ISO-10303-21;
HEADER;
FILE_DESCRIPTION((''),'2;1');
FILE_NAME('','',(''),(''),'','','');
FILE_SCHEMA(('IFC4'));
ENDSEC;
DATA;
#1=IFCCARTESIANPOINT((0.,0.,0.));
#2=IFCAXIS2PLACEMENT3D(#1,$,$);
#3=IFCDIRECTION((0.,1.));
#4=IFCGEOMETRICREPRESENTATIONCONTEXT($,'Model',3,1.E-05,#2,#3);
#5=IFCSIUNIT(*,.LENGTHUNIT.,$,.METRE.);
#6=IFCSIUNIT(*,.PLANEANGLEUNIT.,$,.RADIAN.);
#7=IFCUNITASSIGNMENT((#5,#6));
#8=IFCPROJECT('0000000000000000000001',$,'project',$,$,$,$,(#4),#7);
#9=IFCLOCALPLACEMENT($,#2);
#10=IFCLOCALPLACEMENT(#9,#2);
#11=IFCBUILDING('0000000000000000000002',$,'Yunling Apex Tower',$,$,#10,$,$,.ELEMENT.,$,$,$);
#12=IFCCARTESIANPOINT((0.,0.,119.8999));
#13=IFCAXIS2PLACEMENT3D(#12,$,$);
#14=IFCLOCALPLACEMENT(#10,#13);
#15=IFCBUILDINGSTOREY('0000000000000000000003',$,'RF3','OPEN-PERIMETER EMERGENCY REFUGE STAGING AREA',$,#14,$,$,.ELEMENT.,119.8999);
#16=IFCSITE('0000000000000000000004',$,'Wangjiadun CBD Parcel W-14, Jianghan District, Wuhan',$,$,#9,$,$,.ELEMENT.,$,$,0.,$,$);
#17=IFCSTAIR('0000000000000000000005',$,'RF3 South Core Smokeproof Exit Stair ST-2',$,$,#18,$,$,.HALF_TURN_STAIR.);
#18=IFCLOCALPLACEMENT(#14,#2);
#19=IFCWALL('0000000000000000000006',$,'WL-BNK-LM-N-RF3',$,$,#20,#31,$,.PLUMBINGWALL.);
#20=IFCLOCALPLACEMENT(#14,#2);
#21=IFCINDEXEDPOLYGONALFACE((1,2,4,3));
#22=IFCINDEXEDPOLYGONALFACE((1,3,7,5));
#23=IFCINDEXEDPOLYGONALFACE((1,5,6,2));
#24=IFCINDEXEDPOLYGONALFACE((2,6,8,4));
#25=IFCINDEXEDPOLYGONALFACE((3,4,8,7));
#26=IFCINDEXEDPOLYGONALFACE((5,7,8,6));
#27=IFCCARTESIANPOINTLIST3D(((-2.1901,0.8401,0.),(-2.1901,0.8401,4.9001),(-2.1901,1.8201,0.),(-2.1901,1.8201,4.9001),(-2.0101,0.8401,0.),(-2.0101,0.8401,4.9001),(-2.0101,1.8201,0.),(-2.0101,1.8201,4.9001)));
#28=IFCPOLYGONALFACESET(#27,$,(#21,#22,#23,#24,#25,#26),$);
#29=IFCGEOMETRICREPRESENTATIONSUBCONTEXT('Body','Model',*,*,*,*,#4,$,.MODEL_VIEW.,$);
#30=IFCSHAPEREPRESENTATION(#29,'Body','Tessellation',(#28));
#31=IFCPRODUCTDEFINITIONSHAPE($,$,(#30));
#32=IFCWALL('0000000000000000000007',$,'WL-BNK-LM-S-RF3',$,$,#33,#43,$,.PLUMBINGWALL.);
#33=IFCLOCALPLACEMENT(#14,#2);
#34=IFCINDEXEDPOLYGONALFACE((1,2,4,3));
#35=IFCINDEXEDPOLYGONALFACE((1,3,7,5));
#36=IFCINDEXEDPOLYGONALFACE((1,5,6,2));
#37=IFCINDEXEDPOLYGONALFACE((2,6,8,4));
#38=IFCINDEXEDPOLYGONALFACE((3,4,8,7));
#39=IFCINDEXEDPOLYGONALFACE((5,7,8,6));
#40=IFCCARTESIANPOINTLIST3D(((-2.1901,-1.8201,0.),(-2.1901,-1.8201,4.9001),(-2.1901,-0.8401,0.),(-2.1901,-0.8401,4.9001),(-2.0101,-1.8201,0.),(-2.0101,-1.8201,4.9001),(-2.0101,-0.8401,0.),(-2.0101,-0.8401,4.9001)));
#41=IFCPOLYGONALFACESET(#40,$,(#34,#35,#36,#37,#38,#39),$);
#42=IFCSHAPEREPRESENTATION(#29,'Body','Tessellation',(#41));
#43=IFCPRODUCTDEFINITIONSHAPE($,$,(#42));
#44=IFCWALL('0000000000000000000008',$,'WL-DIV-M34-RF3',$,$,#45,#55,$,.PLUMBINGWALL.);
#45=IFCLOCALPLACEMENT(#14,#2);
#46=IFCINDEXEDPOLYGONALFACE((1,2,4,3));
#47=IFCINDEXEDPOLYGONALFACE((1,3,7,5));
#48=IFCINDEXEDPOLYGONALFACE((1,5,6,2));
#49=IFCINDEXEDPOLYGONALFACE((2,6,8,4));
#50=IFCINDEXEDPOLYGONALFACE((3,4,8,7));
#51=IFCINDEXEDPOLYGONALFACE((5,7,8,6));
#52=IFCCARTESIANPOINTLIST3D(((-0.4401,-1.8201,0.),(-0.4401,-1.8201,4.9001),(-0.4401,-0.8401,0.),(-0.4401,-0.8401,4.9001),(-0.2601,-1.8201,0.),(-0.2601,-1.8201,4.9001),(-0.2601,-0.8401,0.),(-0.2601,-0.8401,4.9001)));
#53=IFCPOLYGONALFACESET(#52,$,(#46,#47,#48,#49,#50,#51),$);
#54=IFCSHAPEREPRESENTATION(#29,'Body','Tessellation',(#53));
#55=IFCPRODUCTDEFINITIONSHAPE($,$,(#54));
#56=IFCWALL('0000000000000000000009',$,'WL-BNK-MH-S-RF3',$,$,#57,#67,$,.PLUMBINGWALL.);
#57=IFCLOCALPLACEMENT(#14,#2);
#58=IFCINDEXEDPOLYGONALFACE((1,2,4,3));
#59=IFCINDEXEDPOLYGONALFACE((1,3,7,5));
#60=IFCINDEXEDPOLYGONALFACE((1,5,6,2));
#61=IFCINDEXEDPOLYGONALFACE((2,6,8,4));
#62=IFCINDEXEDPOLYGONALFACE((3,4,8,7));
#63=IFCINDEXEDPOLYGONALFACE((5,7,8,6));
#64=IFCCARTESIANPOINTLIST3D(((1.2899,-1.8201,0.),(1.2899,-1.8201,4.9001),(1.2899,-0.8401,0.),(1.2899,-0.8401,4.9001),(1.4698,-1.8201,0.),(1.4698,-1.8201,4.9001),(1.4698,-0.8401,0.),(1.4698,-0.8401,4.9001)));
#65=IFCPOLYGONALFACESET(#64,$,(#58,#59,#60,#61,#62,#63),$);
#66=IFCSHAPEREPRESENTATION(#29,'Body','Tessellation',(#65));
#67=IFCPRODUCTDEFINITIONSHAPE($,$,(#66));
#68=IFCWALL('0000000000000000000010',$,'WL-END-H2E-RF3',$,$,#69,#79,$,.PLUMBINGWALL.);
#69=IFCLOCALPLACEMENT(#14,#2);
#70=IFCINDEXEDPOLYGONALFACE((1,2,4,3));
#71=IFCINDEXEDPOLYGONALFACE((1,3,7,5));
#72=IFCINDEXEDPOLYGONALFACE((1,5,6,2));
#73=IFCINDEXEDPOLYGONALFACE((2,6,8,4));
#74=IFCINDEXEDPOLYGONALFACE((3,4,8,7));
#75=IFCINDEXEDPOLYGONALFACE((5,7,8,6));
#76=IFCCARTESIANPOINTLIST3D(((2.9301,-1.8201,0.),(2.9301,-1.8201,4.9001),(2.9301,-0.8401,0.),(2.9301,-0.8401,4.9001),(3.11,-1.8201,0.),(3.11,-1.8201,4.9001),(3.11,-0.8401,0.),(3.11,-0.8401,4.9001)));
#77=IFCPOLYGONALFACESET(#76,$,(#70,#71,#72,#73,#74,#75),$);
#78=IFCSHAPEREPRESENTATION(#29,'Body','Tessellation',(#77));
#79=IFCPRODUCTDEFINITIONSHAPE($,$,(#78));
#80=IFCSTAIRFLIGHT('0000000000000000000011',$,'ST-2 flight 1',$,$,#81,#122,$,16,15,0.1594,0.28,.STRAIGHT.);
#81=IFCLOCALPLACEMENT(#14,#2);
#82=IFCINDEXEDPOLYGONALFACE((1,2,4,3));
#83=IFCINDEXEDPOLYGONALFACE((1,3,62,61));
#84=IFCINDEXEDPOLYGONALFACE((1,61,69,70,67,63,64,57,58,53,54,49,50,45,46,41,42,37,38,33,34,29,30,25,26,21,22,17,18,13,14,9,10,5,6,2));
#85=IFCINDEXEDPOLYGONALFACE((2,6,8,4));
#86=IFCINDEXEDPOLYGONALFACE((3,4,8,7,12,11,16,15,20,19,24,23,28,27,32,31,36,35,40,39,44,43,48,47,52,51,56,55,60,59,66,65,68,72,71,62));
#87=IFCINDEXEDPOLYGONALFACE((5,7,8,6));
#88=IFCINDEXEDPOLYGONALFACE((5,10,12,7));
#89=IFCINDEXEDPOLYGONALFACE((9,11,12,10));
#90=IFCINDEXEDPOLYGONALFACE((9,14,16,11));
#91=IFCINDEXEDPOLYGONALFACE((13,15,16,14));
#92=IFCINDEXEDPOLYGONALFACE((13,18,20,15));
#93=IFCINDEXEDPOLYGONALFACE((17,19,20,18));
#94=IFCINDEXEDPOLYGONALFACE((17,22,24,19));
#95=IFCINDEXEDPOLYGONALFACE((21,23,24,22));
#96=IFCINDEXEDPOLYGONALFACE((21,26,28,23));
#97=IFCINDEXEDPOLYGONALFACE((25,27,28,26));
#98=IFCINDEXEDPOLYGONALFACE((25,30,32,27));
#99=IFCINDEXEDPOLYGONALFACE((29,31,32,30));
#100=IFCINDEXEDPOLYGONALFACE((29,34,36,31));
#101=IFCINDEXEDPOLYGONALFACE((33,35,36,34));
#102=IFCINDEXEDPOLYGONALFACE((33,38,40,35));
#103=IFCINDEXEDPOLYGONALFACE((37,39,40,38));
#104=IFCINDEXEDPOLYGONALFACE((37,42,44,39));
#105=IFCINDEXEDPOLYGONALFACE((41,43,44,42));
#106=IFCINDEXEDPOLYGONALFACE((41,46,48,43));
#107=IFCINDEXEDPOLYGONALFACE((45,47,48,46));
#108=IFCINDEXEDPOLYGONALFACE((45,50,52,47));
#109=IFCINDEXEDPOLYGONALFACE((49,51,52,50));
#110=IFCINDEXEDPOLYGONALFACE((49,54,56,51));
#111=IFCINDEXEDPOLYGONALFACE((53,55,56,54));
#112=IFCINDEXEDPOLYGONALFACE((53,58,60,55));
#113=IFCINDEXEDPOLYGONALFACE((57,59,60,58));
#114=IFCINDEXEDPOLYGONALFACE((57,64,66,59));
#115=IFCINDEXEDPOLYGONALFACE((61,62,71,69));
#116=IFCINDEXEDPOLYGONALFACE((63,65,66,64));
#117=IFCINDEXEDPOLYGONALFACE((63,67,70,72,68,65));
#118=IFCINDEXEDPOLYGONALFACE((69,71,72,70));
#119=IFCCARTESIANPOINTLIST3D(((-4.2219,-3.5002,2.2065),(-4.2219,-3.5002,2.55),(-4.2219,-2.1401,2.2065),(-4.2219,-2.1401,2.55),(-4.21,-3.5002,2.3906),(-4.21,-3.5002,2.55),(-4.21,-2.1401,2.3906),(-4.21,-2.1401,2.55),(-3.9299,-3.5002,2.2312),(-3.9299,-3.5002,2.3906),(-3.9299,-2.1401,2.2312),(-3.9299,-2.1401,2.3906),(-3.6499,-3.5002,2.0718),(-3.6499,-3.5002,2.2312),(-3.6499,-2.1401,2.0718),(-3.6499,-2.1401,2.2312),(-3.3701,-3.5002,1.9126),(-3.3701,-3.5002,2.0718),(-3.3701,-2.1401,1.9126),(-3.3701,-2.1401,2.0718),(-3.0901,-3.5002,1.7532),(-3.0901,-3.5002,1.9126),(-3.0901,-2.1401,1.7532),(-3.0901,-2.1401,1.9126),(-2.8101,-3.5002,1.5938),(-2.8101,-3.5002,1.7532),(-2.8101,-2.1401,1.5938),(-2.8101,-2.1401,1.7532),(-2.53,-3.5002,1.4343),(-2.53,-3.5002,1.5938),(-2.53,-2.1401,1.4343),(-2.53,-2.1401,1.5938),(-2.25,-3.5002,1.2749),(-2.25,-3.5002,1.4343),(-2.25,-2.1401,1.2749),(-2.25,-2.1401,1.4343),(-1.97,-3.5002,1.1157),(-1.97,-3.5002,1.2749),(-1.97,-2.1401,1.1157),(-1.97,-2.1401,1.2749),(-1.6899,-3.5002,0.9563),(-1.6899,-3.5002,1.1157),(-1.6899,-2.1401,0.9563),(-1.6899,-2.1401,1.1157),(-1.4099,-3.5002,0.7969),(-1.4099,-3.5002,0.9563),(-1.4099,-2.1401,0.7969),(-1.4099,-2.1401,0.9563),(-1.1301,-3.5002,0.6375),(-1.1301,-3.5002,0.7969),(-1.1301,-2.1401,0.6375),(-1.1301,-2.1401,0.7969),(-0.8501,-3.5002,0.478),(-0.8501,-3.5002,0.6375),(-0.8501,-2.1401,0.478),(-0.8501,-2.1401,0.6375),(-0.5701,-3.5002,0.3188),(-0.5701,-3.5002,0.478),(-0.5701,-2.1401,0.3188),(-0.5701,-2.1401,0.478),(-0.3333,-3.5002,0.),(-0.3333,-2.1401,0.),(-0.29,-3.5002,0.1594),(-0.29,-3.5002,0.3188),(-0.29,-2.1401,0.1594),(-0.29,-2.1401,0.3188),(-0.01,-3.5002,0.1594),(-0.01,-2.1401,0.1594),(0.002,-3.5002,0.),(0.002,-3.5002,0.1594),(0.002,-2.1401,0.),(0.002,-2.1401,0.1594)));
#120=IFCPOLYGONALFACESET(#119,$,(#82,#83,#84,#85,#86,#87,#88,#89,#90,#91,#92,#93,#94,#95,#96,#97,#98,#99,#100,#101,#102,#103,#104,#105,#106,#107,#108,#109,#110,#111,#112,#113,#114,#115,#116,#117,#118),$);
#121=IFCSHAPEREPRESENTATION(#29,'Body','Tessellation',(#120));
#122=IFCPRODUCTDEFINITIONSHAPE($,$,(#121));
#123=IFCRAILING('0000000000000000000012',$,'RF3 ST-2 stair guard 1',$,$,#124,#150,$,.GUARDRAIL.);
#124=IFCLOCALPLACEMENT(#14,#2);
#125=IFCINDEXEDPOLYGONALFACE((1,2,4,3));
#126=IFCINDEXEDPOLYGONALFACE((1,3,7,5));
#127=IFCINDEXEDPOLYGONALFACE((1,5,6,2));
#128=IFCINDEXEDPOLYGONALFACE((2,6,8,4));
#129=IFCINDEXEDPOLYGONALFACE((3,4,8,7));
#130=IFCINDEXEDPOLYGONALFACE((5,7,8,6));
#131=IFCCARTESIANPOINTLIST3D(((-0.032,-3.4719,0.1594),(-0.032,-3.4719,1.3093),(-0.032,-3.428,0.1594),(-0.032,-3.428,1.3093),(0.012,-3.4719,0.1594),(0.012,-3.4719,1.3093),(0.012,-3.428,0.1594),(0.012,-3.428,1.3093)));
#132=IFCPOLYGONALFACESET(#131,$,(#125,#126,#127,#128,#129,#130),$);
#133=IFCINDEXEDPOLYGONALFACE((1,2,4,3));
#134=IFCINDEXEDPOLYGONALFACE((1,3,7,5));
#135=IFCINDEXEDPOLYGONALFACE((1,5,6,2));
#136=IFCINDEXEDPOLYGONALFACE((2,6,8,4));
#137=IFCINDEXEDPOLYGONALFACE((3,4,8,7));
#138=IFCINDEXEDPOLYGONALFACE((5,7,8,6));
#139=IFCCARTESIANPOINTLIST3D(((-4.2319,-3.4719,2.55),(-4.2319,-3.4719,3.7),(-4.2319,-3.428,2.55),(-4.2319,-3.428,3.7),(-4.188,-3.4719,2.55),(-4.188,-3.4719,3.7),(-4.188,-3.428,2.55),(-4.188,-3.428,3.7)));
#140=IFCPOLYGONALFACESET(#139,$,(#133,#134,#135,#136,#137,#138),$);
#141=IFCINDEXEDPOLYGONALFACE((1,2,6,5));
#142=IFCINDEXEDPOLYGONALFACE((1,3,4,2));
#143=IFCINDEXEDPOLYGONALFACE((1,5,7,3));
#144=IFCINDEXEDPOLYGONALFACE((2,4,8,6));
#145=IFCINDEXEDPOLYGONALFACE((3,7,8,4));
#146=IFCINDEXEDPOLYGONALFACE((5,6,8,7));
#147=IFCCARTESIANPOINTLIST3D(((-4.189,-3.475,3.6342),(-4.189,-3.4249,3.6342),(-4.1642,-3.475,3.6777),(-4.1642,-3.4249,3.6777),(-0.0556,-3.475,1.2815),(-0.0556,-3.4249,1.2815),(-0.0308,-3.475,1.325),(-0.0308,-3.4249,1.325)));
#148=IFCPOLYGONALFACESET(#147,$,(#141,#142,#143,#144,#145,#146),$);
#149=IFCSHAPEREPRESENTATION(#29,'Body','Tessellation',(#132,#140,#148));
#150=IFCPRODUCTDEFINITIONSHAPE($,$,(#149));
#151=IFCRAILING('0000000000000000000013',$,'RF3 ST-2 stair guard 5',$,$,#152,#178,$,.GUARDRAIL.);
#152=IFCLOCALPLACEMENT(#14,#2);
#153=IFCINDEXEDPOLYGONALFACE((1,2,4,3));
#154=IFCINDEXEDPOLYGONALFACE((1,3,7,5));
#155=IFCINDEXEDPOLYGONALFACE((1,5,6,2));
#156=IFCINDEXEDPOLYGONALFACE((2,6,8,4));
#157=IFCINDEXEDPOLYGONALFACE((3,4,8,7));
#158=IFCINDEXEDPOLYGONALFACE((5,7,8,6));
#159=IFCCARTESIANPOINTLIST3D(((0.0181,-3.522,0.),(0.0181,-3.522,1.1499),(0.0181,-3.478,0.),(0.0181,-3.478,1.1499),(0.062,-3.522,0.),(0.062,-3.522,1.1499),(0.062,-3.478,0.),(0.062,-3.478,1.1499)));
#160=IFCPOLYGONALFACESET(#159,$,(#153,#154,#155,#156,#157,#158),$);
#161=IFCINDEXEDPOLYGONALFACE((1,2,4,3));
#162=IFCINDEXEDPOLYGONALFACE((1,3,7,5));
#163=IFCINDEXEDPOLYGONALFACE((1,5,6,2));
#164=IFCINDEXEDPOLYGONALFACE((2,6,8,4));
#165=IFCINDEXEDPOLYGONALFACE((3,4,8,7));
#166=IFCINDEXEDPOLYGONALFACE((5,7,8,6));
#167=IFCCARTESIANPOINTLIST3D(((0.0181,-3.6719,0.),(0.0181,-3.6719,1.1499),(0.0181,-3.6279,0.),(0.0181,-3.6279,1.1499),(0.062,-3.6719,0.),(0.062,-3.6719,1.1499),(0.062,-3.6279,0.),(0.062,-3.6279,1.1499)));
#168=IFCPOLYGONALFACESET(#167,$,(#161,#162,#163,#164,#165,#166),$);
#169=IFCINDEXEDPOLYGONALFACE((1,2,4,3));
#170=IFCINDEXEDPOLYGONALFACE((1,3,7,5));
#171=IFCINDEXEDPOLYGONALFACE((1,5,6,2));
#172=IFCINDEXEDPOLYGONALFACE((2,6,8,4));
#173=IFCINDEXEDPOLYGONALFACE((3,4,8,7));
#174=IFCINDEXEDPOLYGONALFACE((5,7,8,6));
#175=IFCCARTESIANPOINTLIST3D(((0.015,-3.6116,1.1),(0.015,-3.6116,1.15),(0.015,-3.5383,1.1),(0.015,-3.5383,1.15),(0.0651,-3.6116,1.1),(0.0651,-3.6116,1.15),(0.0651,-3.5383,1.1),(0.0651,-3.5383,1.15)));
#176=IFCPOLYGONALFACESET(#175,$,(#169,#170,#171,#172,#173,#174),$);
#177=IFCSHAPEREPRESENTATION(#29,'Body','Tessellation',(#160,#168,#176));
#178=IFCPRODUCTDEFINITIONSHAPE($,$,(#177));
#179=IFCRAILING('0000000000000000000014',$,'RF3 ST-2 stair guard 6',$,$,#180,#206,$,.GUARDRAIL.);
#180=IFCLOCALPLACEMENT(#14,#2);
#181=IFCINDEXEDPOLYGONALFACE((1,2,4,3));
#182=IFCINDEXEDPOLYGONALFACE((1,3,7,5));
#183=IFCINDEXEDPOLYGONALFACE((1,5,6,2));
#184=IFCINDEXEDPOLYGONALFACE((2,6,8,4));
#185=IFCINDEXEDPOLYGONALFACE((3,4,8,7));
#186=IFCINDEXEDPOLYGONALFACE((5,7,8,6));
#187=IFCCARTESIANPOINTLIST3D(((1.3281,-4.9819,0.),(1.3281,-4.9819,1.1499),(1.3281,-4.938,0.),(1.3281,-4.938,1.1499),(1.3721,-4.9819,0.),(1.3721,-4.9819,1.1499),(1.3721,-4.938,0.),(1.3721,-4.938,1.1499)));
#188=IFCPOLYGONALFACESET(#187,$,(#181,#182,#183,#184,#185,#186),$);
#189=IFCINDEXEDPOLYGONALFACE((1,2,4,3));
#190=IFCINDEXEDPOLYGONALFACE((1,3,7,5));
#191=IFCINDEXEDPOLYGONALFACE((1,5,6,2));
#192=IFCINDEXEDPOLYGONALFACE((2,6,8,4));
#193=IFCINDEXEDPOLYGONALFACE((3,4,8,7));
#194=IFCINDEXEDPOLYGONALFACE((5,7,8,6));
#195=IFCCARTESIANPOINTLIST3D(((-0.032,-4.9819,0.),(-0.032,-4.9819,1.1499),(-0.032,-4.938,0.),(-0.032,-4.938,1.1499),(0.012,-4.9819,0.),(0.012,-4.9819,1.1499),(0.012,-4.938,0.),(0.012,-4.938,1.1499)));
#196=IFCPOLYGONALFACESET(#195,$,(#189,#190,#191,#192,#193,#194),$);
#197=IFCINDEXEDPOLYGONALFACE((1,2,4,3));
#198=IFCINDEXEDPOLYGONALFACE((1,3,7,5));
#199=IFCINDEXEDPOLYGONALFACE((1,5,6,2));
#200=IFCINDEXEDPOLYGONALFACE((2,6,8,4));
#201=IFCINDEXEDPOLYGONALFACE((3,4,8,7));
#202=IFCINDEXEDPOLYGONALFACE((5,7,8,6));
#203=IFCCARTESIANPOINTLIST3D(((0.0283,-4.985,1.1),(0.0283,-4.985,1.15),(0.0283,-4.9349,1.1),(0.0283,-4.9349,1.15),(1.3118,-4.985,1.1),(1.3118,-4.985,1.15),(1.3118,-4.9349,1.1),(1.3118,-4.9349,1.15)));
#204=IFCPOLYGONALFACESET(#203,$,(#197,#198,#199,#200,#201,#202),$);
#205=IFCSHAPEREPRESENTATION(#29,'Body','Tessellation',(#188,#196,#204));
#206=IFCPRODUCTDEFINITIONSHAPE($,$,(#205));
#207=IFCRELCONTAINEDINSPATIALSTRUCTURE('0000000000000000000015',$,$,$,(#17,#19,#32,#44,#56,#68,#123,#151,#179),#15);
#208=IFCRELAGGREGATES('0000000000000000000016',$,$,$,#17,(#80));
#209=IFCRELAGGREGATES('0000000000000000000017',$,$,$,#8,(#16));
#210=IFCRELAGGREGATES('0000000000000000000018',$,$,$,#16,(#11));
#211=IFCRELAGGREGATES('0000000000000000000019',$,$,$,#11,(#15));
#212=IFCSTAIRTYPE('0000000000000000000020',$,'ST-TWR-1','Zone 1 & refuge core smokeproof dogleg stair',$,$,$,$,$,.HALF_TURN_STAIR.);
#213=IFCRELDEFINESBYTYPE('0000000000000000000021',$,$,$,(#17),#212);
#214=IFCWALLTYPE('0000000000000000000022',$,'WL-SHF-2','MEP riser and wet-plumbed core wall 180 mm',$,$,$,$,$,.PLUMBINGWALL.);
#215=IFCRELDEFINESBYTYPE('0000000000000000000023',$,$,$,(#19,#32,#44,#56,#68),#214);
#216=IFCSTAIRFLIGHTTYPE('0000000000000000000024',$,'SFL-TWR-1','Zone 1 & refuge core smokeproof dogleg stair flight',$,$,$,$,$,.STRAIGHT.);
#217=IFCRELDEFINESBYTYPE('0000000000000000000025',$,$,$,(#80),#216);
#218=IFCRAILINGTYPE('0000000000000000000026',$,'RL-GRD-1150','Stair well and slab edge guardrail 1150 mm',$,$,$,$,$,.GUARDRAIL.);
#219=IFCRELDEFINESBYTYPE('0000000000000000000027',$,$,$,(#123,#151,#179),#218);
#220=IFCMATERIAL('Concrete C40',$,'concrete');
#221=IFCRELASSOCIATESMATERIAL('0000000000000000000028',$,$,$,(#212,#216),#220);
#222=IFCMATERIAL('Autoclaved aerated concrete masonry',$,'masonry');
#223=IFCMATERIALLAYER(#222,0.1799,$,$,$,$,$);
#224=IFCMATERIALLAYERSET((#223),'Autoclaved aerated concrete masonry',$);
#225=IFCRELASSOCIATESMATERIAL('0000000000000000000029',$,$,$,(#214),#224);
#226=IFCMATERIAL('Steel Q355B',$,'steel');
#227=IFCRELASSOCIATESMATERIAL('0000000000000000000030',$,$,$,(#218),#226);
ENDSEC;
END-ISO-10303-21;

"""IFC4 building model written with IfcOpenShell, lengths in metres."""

from ifc_helpers import new_model, si_unit, direction, frame, frame_2d, origin, origin_2d, place, context, subcontext, project, spatial, polyline, rectangle, outline, extrude, material, layer, layer_set, type_object, element, aggregate, save


model = new_model("IFC4")

# Units and contexts
model_context = context("Model", 3, precision=1e-05, world=origin(), true_north=direction((0.0, 1.0)))
body_context = subcontext(model_context, "Body", "Model", "MODEL_VIEW")
ifc_project = project(units=[si_unit("LENGTHUNIT", "METRE"), si_unit("PLANEANGLEUNIT", "RADIAN")], contexts=[model_context])

# Site, building, storey
site_placement = place(None, origin())
site = spatial("IfcSite", under=ifc_project, at=site_placement, Name="Wangjiadun CBD Parcel W-14, Jianghan District, Wuhan", CompositionType="ELEMENT", RefElevation=0.0)
building_placement = place(site_placement, origin())
building = spatial("IfcBuilding", under=site, at=building_placement, Name="Yunling Apex Tower", CompositionType="ELEMENT")
storey_placement = place(building_placement, frame((0.0, 0.0, 119.8999)))
storey = spatial("IfcBuildingStorey", under=building, at=storey_placement, Name="RF3", Description="OPEN-PERIMETER EMERGENCY REFUGE STAGING AREA", CompositionType="ELEMENT", Elevation=119.8999)

# Stair
ifc_material_1 = material(Name="Concrete C40", Category="concrete")
stair_type = type_object("IfcStairType", Name="ST-TWR-1", Description="Zone 1 & refuge core smokeproof dogleg stair", PredefinedType="HALF_TURN_STAIR", material=ifc_material_1)
stair_1_placement = place(storey_placement, origin())
stair_1 = element("IfcStair", 1, at=stair_1_placement, inside=storey, type_object=stair_type, Name="RF3 South Core Smokeproof Exit Stair ST-2", PredefinedType="HALF_TURN_STAIR")

# Shared definitions
ifc_material_2 = material(Name="Autoclaved aerated concrete masonry", Category="masonry")
ifc_material_3 = material(Name="Steel Q355B", Category="steel")

# Walls
ifc_layer_1 = layer(ifc_material_2, 0.1799)
ifc_layer_set_1 = layer_set([ifc_layer_1], Name="Autoclaved aerated concrete masonry")
wall_type_1 = type_object("IfcWallType", Name="WL-SHF-2", Description="MEP riser and wet-plumbed core wall 180 mm", PredefinedType="PLUMBINGWALL", material=ifc_layer_set_1)
for number, where, z_axis, x_axis, name in (
    (2, (-2.1001, 0.8401, 0.0), (0.0, 0.0, 1.0), (0.0, 1.0, 0.0), "WL-BNK-LM-N-RF3"),
    (3, (-2.1001, -1.8201, 0.0), (0.0, 0.0, 1.0), (0.0, 1.0, 0.0), "WL-BNK-LM-S-RF3"),
    (4, (-0.3501, -1.8201, 0.0), (0.0, 0.0, 1.0), (0.0, 1.0, 0.0), "WL-DIV-M34-RF3"),
    (5, (1.3799, -1.8201, 0.0), (0.0, 0.0, 1.0), (0.0, 1.0, 0.0), "WL-BNK-MH-S-RF3"),
    (6, (3.02, -1.8201, 0.0), (0.0, 0.0, 1.0), (0.0, 1.0, 0.0), "WL-END-H2E-RF3"),
):
    element("IfcWall", number, at=place(storey_placement, frame(where, z_axis=z_axis, x_axis=x_axis)), inside=storey, type_object=wall_type_1, Name=name, PredefinedType="PLUMBINGWALL", context=body_context, shape_type="SweptSolid", body=[
        extrude(rectangle(XDim=0.98, YDim=0.1799, at=frame_2d((0.49, 0.0))), origin(), (0.0, 0.0, 1.0), 4.9001),
    ])

# Stair flight
stair_flight_type = type_object("IfcStairFlightType", Name="SFL-TWR-1", Description="Zone 1 & refuge core smokeproof dogleg stair flight", PredefinedType="STRAIGHT", material=ifc_material_1)
stair_flight_placement = place(storey_placement, frame((-0.01, -2.8201, 0.0), z_axis=(0.0, 0.0, 1.0), x_axis=(-1.0, 0.0, 0.0)))
stair_flight = element("IfcStairFlight", 7, at=stair_flight_placement, type_object=stair_flight_type, Name="ST-2 flight 1", NumberOfRisers=16, NumberOfTreads=15, PredefinedType="STRAIGHT", RiserHeight=0.1594, TreadLength=0.28, context=body_context, shape_type="SweptSolid", body=[
    extrude(outline(polyline([(-0.012, 0.0), (-0.012, 0.1594), (0.0, 0.1594), (0.28, 0.1594), (0.28, 0.3188), (0.5601, 0.3188), (0.5601, 0.478), (0.8401, 0.478), (0.8401, 0.6375), (1.1201, 0.6375), (1.1201, 0.7969), (1.3999, 0.7969), (1.3999, 0.9563), (1.6799, 0.9563), (1.6799, 1.1157), (1.96, 1.1157), (1.96, 1.2749), (2.24, 1.2749), (2.24, 1.4343), (2.52, 1.4343), (2.52, 1.5938), (2.8, 1.5938), (2.8, 1.7532), (3.0801, 1.7532), (3.0801, 1.9126), (3.3601, 1.9126), (3.3601, 2.0718), (3.6399, 2.0718), (3.6399, 2.2312), (3.9199, 2.2312), (3.9199, 2.3906), (4.2, 2.3906), (4.2, 2.55), (4.2119, 2.55), (4.2119, 2.2065), (0.3232, 0.0), (-0.012, 0.0)])), frame((0.0, 0.6802, 0.0), z_axis=(0.0, -1.0, 0.0), x_axis=(1.0, 0.0, 0.0)), (0.0, 0.0, 1.0), 1.3601),
])
aggregate(stair_1, [stair_flight])

# Railings
railing_type_1 = type_object("IfcRailingType", Name="RL-GRD-1150", Description="Stair well and slab edge guardrail 1150 mm", PredefinedType="GUARDRAIL", material=ifc_material_3)
railing_1_placement = place(storey_placement, frame((-0.01, -3.45, 0.1594)))
element("IfcRailing", 8, at=railing_1_placement, inside=storey, type_object=railing_type_1, Name="RF3 ST-2 stair guard 1", PredefinedType="GUARDRAIL", context=body_context, shape_type="SweptSolid", body=[
    extrude(rectangle(XDim=0.0439, YDim=0.0439, at=origin_2d()), origin(), (0.0, 0.0, 1.0), 1.1499),
    extrude(rectangle(XDim=0.0439, YDim=0.0439, at=origin_2d()), frame((-4.2, 0.0, 2.3906)), (0.0, 0.0, 1.0), 1.1499),
    extrude(rectangle(XDim=0.05, YDim=0.05, at=origin_2d()), frame((-0.0332, 0.0, 1.1438), z_axis=(-0.869075, 0.0, 0.49468), x_axis=(0.0, -1.0, 0.0)), (0.0, 0.0, 1.0), 4.7561),
])
railing_2_placement = place(storey_placement, frame((0.04, -3.5, 0.0)))
element("IfcRailing", 9, at=railing_2_placement, inside=storey, type_object=railing_type_1, Name="RF3 ST-2 stair guard 5", PredefinedType="GUARDRAIL", context=body_context, shape_type="SweptSolid", body=[
    extrude(rectangle(XDim=0.0439, YDim=0.0439, at=origin_2d()), origin(), (0.0, 0.0, 1.0), 1.1499),
    extrude(rectangle(XDim=0.0439, YDim=0.0439, at=origin_2d()), frame((0.0, -0.1499, 0.0)), (0.0, 0.0, 1.0), 1.1499),
    extrude(rectangle(XDim=0.05, YDim=0.05, at=origin_2d()), frame((0.0, -0.0383, 1.125), z_axis=(0.0, -1.0, 0.0), x_axis=(1.0, 0.0, 0.0)), (0.0, 0.0, 1.0), 0.0732),
])
railing_3_placement = place(storey_placement, frame((1.3501, -4.96, 0.0)))
element("IfcRailing", 10, at=railing_3_placement, inside=storey, type_object=railing_type_1, Name="RF3 ST-2 stair guard 6", PredefinedType="GUARDRAIL", context=body_context, shape_type="SweptSolid", body=[
    extrude(rectangle(XDim=0.0439, YDim=0.0439, at=origin_2d()), origin(), (0.0, 0.0, 1.0), 1.1499),
    extrude(rectangle(XDim=0.0439, YDim=0.0439, at=origin_2d()), frame((-1.3601, 0.0, 0.0)), (0.0, 0.0, 1.0), 1.1499),
    extrude(rectangle(XDim=0.05, YDim=0.05, at=origin_2d()), frame((-0.0383, 0.0, 1.125), z_axis=(-1.0, 0.0, 0.0), x_axis=(0.0, -1.0, 0.0)), (0.0, 0.0, 1.0), 1.2834),
])

save(model, "model.ifc")
